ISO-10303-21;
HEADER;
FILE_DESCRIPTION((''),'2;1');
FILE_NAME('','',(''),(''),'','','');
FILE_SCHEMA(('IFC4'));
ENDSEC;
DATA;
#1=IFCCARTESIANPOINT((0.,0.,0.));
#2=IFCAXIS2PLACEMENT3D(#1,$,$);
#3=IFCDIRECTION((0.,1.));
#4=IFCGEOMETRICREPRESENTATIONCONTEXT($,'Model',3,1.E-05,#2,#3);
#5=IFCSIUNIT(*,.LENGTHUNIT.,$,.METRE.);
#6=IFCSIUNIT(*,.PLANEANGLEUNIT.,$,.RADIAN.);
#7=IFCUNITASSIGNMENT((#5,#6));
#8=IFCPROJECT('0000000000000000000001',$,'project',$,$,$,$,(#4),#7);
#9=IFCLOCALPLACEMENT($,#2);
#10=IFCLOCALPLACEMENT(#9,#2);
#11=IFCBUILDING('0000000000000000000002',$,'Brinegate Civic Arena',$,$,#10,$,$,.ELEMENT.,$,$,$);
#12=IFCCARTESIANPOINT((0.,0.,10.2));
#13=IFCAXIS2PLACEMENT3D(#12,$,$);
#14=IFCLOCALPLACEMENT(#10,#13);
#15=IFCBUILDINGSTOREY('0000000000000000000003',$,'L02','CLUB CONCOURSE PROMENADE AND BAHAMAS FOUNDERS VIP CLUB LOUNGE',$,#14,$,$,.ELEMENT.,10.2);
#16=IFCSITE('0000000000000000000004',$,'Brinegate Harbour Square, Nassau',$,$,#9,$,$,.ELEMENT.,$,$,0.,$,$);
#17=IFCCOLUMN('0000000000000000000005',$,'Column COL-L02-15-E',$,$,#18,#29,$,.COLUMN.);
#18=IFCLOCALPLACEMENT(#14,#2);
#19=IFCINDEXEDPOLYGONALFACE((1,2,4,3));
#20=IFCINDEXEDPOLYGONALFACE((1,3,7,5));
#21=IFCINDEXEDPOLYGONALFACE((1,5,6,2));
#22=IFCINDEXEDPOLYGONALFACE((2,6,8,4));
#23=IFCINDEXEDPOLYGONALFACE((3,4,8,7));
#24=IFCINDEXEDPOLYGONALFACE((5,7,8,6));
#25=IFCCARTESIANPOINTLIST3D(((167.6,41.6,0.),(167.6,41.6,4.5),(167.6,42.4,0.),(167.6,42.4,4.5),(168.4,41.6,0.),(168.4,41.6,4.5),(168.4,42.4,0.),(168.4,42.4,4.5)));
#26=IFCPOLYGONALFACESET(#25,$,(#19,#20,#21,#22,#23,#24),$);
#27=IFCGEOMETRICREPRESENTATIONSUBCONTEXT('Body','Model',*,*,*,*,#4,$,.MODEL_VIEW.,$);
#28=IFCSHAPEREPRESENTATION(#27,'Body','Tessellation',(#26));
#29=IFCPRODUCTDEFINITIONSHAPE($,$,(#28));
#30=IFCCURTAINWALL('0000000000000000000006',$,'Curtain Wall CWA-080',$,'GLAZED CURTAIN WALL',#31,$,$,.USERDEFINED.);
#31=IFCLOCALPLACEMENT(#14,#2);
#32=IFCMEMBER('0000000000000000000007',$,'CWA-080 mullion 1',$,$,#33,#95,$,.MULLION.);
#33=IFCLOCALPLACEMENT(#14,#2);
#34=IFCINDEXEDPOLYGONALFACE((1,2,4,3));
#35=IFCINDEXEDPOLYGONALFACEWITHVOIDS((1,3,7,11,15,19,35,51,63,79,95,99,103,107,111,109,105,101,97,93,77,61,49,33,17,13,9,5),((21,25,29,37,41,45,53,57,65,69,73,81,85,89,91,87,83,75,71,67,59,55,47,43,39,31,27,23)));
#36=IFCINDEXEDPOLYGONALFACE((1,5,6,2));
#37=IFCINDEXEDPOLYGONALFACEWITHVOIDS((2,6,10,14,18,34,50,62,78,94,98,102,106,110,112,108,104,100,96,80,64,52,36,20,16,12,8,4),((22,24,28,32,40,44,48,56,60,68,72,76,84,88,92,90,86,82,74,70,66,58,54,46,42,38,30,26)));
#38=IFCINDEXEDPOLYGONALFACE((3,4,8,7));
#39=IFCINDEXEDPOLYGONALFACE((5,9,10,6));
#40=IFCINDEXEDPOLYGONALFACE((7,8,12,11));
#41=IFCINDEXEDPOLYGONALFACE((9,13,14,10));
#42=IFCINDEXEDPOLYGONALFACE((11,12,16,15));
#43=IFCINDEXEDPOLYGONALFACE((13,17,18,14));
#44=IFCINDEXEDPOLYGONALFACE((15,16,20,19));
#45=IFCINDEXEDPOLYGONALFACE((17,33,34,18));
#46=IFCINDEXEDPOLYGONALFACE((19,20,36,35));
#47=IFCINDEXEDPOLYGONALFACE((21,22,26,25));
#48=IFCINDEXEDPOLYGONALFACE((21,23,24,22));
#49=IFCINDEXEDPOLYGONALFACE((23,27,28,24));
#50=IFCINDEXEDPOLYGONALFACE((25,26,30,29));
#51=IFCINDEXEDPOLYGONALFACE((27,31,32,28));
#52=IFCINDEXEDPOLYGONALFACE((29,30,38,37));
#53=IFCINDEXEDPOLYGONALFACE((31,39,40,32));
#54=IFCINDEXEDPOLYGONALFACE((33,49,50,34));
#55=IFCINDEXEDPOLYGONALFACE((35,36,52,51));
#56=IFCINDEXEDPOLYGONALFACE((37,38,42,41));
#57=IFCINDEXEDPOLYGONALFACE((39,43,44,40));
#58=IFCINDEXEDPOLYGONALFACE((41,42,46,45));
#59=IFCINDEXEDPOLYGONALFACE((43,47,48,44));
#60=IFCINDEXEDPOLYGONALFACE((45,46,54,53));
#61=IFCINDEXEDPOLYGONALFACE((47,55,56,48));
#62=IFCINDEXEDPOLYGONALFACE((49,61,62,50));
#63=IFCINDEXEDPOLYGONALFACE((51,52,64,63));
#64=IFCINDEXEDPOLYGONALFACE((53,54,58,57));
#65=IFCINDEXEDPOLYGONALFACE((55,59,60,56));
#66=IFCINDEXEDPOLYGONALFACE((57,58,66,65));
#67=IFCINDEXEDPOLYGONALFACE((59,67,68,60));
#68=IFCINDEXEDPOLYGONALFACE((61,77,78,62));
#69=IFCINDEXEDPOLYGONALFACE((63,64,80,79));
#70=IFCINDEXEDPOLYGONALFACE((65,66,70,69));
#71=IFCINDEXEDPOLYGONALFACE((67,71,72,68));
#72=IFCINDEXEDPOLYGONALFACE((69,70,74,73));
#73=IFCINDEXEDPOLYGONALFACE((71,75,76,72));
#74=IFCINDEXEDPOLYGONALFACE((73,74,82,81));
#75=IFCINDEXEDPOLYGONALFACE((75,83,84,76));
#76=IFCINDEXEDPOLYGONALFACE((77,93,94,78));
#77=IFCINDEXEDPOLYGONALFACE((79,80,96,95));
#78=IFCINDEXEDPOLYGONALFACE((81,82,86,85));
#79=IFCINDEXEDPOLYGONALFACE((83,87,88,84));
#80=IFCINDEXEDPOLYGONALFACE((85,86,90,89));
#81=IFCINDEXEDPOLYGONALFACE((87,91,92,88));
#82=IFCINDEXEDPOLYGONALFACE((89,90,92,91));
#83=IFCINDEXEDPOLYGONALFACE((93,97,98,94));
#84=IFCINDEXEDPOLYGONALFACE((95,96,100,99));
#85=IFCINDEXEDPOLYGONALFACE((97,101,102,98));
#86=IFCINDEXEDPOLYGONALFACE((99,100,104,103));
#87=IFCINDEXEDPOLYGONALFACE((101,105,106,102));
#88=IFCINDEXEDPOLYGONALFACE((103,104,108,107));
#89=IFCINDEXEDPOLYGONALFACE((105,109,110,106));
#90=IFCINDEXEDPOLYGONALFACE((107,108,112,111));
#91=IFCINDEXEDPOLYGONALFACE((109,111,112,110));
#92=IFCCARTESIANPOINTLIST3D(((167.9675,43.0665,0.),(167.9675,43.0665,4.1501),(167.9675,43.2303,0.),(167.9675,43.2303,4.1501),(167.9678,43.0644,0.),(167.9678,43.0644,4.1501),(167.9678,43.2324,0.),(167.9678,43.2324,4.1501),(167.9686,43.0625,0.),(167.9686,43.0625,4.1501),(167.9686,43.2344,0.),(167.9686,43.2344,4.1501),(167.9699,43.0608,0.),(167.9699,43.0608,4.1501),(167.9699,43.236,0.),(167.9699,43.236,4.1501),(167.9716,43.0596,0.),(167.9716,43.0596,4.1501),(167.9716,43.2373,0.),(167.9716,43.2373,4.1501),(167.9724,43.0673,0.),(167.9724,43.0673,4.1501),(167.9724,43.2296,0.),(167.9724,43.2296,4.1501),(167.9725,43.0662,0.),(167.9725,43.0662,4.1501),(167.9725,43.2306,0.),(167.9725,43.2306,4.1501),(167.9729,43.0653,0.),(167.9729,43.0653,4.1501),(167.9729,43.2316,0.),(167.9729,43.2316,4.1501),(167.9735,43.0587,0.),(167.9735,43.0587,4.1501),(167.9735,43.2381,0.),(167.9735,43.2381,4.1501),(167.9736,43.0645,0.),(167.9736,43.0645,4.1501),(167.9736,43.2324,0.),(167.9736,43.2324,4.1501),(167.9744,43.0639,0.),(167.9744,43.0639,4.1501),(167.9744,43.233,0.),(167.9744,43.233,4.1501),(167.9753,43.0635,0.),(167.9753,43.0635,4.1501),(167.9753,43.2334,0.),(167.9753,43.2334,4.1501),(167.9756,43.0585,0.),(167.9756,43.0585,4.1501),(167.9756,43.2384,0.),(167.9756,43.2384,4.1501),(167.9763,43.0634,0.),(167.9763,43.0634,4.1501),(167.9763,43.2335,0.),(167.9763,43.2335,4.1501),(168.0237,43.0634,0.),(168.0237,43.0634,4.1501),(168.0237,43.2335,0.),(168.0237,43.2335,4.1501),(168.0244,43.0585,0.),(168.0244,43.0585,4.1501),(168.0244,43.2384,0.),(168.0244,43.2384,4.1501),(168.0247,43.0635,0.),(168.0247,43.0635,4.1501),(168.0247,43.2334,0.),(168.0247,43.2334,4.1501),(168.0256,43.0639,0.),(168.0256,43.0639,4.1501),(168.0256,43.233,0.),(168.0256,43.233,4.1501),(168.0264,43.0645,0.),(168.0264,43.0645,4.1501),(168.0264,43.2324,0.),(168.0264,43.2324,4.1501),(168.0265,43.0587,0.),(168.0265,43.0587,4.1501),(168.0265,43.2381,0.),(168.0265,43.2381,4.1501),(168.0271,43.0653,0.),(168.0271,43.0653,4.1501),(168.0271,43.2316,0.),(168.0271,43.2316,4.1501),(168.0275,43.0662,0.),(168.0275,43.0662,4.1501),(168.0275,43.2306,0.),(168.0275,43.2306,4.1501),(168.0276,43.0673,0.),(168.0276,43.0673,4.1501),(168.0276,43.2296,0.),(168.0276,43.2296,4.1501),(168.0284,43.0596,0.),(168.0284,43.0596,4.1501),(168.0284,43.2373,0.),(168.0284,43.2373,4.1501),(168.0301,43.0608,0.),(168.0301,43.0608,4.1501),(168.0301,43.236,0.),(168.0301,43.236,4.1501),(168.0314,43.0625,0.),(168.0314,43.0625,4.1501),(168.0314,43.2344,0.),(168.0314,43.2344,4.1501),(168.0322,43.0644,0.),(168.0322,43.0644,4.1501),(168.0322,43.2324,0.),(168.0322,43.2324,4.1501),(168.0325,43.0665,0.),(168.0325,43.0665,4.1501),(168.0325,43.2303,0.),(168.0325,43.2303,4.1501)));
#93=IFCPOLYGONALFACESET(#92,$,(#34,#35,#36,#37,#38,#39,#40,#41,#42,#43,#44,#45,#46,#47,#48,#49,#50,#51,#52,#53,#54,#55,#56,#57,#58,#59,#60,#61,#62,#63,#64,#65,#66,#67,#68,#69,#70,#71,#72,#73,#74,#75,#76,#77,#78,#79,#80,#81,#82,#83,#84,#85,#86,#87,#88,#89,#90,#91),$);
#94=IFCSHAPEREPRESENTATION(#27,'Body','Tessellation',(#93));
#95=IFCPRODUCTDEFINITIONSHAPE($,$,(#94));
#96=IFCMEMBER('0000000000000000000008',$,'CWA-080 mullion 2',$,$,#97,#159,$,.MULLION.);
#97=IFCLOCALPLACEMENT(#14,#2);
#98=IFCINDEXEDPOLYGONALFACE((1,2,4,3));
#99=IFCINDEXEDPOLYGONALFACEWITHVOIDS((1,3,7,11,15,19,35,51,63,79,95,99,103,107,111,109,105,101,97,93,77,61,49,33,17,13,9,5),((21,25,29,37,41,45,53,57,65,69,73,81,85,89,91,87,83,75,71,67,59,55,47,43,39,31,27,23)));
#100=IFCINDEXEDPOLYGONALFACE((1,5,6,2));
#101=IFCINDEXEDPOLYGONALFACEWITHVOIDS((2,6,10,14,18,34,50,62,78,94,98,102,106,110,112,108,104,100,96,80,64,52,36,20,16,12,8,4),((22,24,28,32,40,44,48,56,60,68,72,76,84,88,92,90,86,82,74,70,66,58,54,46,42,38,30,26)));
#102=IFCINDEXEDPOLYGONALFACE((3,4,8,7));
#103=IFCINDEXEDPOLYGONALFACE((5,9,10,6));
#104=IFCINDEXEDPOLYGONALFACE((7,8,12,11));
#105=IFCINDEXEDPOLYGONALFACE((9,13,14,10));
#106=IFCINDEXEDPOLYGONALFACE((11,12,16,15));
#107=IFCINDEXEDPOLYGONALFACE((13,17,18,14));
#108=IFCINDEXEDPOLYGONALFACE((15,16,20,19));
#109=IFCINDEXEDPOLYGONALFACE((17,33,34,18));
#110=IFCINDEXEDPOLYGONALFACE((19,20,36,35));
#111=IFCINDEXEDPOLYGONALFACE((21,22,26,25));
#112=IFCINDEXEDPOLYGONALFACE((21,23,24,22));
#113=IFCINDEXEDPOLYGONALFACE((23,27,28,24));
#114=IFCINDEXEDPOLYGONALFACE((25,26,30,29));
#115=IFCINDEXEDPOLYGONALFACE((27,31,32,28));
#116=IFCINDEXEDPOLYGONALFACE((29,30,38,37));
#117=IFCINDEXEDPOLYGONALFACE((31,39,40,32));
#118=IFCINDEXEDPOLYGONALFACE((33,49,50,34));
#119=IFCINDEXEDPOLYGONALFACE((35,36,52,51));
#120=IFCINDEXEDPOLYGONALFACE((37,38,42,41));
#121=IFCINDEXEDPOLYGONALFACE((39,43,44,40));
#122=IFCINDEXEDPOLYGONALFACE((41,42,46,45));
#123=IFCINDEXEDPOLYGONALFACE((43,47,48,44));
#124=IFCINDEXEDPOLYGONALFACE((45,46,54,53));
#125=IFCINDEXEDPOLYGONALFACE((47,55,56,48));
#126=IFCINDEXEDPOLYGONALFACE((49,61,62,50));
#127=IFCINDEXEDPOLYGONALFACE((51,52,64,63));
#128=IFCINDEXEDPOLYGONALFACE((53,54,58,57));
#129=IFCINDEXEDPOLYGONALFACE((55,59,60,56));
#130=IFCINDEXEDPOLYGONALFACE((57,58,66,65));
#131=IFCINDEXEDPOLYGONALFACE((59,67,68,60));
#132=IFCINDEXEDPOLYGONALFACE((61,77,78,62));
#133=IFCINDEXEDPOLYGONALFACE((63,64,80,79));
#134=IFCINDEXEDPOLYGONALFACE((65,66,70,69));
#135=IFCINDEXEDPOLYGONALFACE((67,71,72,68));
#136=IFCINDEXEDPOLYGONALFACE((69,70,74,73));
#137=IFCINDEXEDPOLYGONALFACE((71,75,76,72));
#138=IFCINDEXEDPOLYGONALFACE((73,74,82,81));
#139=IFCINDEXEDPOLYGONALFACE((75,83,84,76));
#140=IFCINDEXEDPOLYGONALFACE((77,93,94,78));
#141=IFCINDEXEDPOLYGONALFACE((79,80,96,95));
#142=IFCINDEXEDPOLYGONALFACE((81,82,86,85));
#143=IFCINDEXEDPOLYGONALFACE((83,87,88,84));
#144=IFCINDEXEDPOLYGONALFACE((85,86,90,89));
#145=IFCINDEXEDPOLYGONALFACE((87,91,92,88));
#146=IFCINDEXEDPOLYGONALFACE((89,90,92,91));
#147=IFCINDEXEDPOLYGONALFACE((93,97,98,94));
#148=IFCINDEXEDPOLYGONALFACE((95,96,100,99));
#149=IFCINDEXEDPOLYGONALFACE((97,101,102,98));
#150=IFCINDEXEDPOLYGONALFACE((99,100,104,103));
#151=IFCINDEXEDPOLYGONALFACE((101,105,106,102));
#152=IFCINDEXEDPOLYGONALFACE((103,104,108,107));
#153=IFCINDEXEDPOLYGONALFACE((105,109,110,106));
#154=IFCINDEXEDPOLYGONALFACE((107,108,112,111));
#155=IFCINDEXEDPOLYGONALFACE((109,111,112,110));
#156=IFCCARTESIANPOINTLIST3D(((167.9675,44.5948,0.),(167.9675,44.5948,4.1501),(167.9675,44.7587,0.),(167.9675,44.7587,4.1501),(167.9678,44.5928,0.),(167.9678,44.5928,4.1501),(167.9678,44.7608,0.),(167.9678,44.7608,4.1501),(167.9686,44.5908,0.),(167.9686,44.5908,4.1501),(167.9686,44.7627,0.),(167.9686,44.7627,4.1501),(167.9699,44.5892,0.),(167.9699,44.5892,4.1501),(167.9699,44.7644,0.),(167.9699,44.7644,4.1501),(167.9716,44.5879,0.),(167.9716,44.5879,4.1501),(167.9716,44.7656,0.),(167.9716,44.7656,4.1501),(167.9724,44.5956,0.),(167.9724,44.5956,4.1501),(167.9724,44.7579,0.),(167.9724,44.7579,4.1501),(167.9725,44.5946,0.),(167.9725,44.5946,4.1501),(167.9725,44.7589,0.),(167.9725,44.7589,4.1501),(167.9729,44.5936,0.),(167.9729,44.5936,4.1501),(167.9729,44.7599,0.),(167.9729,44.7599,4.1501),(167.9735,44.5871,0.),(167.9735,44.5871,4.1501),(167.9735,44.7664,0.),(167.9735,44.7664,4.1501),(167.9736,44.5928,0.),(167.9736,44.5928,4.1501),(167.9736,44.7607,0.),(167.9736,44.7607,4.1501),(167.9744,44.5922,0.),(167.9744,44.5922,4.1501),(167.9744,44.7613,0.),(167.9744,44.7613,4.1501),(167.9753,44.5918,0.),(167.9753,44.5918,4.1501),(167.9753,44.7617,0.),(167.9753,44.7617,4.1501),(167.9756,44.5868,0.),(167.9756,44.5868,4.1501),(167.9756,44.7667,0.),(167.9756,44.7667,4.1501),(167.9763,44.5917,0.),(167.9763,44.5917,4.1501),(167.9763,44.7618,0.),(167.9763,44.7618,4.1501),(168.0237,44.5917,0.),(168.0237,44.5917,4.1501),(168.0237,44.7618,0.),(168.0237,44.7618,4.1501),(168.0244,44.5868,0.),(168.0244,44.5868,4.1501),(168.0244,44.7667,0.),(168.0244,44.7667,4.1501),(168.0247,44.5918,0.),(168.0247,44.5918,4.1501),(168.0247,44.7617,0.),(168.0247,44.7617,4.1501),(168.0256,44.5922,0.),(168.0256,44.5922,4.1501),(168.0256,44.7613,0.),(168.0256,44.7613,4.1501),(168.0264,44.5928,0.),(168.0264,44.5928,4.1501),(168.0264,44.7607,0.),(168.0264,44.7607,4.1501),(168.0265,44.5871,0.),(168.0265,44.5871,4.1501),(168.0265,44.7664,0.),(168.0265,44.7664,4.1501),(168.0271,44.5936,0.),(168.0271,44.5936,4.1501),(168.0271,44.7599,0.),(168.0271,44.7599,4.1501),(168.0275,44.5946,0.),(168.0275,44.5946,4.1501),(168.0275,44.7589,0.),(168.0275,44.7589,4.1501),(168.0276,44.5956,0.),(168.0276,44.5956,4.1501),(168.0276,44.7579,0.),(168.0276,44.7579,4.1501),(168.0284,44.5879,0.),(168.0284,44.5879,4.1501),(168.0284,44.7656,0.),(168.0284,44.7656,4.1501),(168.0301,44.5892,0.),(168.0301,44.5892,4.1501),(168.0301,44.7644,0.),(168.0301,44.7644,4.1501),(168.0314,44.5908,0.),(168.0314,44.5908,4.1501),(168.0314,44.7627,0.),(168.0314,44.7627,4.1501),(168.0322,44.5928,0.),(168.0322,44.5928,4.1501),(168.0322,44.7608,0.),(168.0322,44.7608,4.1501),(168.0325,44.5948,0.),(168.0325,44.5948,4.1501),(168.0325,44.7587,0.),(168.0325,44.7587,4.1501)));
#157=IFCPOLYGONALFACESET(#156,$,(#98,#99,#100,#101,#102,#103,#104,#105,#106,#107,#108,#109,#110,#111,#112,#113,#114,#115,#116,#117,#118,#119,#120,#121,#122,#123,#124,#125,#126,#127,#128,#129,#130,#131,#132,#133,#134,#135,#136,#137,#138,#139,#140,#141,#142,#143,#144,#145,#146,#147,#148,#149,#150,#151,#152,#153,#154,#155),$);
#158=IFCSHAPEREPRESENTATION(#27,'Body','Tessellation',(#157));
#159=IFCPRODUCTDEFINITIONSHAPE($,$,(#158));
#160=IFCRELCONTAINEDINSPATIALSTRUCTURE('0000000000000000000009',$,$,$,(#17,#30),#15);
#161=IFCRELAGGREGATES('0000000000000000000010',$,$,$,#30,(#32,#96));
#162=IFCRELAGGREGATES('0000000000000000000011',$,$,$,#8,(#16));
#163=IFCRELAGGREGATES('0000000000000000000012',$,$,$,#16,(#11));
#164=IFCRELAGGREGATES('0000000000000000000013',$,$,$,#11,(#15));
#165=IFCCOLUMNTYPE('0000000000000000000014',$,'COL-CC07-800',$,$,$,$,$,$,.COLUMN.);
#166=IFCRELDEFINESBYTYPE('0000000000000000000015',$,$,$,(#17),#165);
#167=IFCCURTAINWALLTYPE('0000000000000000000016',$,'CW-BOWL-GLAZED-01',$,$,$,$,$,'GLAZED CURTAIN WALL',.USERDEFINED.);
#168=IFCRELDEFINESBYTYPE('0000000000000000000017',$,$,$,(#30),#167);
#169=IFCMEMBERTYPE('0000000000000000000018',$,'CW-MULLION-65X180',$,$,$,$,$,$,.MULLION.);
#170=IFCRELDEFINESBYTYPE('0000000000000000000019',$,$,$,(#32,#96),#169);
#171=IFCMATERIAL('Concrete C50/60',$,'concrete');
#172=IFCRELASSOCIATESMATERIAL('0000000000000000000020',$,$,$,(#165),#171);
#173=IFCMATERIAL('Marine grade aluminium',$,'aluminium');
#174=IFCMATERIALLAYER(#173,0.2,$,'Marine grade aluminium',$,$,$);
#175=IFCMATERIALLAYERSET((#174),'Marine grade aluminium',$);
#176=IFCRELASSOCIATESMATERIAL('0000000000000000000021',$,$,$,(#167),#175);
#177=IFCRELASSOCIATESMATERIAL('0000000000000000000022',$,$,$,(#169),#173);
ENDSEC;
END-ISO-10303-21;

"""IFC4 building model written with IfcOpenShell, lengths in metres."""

from ifc_helpers import new_model, si_unit, direction, frame, origin, origin_2d, place, context, subcontext, project, spatial, rectangle, hollow_rectangle, extrude, material, layer, layer_set, material_profile, profile_set, type_object, element, aggregate, save


model = new_model("IFC4")

# Units and contexts
model_context = context("Model", 3, precision=1e-05, world=origin(), true_north=direction((0.0, 1.0)))
body_context = subcontext(model_context, "Body", "Model", "MODEL_VIEW")
ifc_project = project(units=[si_unit("LENGTHUNIT", "METRE"), si_unit("PLANEANGLEUNIT", "RADIAN")], contexts=[model_context])

# Site, building, storey
site_placement = place(None, origin())
site = spatial("IfcSite", under=ifc_project, at=site_placement, Name="Brinegate Harbour Square, Nassau", CompositionType="ELEMENT", RefElevation=0.0)
building_placement = place(site_placement, origin())
building = spatial("IfcBuilding", under=site, at=building_placement, Name="Brinegate Civic Arena", CompositionType="ELEMENT")
storey_placement = place(building_placement, frame((0.0, 0.0, 10.2)))
storey = spatial("IfcBuildingStorey", under=building, at=storey_placement, Name="L02", Description="CLUB CONCOURSE PROMENADE AND BAHAMAS FOUNDERS VIP CLUB LOUNGE", CompositionType="ELEMENT", Elevation=10.2)

# Column
ifc_material_1 = material(Name="Concrete C50/60", Category="concrete")
ifc_material_profile_1 = material_profile(ifc_material_1, rectangle(XDim=0.8, YDim=0.8, at=origin_2d()), Name="RC800X800")
ifc_profile_set_1 = profile_set([ifc_material_profile_1], Name="Concrete C50/60")
column_type = type_object("IfcColumnType", Name="COL-CC07-800", PredefinedType="COLUMN", material=ifc_profile_set_1)
column_placement = place(storey_placement, frame((168.0, 42.0, 0.0), z_axis=(0.0, 0.0, 1.0), x_axis=(1.0, 0.0, 0.0)))
element("IfcColumn", 1, at=column_placement, inside=storey, type_object=column_type, Name="Column COL-L02-15-E", PredefinedType="COLUMN", context=body_context, shape_type="SweptSolid", body=[
    extrude(rectangle(XDim=0.8, YDim=0.8, at=origin_2d()), origin(), (0.0, 0.0, 1.0), 4.5),
])

# Curtain wall, members
ifc_material_2 = material(Name="Marine grade aluminium", Category="aluminium")
ifc_layer_1 = layer(ifc_material_2, 0.2, Name="Marine grade aluminium")
ifc_layer_set_1 = layer_set([ifc_layer_1], Name="Marine grade aluminium")
curtain_wall_type = type_object("IfcCurtainWallType", Name="CW-BOWL-GLAZED-01", ElementType="GLAZED CURTAIN WALL", PredefinedType="USERDEFINED", material=ifc_layer_set_1)
curtain_wall_1_placement = place(storey_placement, origin())
curtain_wall_1 = element("IfcCurtainWall", 2, at=curtain_wall_1_placement, inside=storey, type_object=curtain_wall_type, Name="Curtain Wall CWA-080", ObjectType="GLAZED CURTAIN WALL", PredefinedType="USERDEFINED")
ifc_material_profile_2 = material_profile(ifc_material_2, hollow_rectangle(XDim=0.0649, YDim=0.1799, WallThickness=0.0049, InnerFilletRadius=0.0039, OuterFilletRadius=0.0081, at=origin_2d()), Name="MUL65X180")
ifc_profile_set_2 = profile_set([ifc_material_profile_2], Name="Marine grade aluminium")
member_type_1 = type_object("IfcMemberType", Name="CW-MULLION-65X180", PredefinedType="MULLION", material=ifc_profile_set_2)
member_1_placement = place(storey_placement, frame((168.0, 43.1484, 0.0), z_axis=(0.0, 0.0, 1.0), x_axis=(-1.0, 0.0, 0.0)))
member_1 = element("IfcMember", 3, at=member_1_placement, type_object=member_type_1, Name="CWA-080 mullion 1", PredefinedType="MULLION", context=body_context, shape_type="SweptSolid", body=[
    extrude(hollow_rectangle(XDim=0.0649, YDim=0.1799, WallThickness=0.0049, InnerFilletRadius=0.0039, OuterFilletRadius=0.0081, at=origin_2d()), origin(), (0.0, 0.0, 1.0), 4.1501),
])
member_2_placement = place(storey_placement, frame((168.0, 44.6768, 0.0), z_axis=(0.0, 0.0, 1.0), x_axis=(-1.0, 0.0, 0.0)))
member_2 = element("IfcMember", 4, at=member_2_placement, type_object=member_type_1, Name="CWA-080 mullion 2", PredefinedType="MULLION", context=body_context, shape_type="SweptSolid", body=[
    extrude(hollow_rectangle(XDim=0.0649, YDim=0.1799, WallThickness=0.0049, InnerFilletRadius=0.0039, OuterFilletRadius=0.0081, at=origin_2d()), origin(), (0.0, 0.0, 1.0), 4.1501),
])

aggregate(curtain_wall_1, [member_1, member_2])

save(model, "model.ifc")
